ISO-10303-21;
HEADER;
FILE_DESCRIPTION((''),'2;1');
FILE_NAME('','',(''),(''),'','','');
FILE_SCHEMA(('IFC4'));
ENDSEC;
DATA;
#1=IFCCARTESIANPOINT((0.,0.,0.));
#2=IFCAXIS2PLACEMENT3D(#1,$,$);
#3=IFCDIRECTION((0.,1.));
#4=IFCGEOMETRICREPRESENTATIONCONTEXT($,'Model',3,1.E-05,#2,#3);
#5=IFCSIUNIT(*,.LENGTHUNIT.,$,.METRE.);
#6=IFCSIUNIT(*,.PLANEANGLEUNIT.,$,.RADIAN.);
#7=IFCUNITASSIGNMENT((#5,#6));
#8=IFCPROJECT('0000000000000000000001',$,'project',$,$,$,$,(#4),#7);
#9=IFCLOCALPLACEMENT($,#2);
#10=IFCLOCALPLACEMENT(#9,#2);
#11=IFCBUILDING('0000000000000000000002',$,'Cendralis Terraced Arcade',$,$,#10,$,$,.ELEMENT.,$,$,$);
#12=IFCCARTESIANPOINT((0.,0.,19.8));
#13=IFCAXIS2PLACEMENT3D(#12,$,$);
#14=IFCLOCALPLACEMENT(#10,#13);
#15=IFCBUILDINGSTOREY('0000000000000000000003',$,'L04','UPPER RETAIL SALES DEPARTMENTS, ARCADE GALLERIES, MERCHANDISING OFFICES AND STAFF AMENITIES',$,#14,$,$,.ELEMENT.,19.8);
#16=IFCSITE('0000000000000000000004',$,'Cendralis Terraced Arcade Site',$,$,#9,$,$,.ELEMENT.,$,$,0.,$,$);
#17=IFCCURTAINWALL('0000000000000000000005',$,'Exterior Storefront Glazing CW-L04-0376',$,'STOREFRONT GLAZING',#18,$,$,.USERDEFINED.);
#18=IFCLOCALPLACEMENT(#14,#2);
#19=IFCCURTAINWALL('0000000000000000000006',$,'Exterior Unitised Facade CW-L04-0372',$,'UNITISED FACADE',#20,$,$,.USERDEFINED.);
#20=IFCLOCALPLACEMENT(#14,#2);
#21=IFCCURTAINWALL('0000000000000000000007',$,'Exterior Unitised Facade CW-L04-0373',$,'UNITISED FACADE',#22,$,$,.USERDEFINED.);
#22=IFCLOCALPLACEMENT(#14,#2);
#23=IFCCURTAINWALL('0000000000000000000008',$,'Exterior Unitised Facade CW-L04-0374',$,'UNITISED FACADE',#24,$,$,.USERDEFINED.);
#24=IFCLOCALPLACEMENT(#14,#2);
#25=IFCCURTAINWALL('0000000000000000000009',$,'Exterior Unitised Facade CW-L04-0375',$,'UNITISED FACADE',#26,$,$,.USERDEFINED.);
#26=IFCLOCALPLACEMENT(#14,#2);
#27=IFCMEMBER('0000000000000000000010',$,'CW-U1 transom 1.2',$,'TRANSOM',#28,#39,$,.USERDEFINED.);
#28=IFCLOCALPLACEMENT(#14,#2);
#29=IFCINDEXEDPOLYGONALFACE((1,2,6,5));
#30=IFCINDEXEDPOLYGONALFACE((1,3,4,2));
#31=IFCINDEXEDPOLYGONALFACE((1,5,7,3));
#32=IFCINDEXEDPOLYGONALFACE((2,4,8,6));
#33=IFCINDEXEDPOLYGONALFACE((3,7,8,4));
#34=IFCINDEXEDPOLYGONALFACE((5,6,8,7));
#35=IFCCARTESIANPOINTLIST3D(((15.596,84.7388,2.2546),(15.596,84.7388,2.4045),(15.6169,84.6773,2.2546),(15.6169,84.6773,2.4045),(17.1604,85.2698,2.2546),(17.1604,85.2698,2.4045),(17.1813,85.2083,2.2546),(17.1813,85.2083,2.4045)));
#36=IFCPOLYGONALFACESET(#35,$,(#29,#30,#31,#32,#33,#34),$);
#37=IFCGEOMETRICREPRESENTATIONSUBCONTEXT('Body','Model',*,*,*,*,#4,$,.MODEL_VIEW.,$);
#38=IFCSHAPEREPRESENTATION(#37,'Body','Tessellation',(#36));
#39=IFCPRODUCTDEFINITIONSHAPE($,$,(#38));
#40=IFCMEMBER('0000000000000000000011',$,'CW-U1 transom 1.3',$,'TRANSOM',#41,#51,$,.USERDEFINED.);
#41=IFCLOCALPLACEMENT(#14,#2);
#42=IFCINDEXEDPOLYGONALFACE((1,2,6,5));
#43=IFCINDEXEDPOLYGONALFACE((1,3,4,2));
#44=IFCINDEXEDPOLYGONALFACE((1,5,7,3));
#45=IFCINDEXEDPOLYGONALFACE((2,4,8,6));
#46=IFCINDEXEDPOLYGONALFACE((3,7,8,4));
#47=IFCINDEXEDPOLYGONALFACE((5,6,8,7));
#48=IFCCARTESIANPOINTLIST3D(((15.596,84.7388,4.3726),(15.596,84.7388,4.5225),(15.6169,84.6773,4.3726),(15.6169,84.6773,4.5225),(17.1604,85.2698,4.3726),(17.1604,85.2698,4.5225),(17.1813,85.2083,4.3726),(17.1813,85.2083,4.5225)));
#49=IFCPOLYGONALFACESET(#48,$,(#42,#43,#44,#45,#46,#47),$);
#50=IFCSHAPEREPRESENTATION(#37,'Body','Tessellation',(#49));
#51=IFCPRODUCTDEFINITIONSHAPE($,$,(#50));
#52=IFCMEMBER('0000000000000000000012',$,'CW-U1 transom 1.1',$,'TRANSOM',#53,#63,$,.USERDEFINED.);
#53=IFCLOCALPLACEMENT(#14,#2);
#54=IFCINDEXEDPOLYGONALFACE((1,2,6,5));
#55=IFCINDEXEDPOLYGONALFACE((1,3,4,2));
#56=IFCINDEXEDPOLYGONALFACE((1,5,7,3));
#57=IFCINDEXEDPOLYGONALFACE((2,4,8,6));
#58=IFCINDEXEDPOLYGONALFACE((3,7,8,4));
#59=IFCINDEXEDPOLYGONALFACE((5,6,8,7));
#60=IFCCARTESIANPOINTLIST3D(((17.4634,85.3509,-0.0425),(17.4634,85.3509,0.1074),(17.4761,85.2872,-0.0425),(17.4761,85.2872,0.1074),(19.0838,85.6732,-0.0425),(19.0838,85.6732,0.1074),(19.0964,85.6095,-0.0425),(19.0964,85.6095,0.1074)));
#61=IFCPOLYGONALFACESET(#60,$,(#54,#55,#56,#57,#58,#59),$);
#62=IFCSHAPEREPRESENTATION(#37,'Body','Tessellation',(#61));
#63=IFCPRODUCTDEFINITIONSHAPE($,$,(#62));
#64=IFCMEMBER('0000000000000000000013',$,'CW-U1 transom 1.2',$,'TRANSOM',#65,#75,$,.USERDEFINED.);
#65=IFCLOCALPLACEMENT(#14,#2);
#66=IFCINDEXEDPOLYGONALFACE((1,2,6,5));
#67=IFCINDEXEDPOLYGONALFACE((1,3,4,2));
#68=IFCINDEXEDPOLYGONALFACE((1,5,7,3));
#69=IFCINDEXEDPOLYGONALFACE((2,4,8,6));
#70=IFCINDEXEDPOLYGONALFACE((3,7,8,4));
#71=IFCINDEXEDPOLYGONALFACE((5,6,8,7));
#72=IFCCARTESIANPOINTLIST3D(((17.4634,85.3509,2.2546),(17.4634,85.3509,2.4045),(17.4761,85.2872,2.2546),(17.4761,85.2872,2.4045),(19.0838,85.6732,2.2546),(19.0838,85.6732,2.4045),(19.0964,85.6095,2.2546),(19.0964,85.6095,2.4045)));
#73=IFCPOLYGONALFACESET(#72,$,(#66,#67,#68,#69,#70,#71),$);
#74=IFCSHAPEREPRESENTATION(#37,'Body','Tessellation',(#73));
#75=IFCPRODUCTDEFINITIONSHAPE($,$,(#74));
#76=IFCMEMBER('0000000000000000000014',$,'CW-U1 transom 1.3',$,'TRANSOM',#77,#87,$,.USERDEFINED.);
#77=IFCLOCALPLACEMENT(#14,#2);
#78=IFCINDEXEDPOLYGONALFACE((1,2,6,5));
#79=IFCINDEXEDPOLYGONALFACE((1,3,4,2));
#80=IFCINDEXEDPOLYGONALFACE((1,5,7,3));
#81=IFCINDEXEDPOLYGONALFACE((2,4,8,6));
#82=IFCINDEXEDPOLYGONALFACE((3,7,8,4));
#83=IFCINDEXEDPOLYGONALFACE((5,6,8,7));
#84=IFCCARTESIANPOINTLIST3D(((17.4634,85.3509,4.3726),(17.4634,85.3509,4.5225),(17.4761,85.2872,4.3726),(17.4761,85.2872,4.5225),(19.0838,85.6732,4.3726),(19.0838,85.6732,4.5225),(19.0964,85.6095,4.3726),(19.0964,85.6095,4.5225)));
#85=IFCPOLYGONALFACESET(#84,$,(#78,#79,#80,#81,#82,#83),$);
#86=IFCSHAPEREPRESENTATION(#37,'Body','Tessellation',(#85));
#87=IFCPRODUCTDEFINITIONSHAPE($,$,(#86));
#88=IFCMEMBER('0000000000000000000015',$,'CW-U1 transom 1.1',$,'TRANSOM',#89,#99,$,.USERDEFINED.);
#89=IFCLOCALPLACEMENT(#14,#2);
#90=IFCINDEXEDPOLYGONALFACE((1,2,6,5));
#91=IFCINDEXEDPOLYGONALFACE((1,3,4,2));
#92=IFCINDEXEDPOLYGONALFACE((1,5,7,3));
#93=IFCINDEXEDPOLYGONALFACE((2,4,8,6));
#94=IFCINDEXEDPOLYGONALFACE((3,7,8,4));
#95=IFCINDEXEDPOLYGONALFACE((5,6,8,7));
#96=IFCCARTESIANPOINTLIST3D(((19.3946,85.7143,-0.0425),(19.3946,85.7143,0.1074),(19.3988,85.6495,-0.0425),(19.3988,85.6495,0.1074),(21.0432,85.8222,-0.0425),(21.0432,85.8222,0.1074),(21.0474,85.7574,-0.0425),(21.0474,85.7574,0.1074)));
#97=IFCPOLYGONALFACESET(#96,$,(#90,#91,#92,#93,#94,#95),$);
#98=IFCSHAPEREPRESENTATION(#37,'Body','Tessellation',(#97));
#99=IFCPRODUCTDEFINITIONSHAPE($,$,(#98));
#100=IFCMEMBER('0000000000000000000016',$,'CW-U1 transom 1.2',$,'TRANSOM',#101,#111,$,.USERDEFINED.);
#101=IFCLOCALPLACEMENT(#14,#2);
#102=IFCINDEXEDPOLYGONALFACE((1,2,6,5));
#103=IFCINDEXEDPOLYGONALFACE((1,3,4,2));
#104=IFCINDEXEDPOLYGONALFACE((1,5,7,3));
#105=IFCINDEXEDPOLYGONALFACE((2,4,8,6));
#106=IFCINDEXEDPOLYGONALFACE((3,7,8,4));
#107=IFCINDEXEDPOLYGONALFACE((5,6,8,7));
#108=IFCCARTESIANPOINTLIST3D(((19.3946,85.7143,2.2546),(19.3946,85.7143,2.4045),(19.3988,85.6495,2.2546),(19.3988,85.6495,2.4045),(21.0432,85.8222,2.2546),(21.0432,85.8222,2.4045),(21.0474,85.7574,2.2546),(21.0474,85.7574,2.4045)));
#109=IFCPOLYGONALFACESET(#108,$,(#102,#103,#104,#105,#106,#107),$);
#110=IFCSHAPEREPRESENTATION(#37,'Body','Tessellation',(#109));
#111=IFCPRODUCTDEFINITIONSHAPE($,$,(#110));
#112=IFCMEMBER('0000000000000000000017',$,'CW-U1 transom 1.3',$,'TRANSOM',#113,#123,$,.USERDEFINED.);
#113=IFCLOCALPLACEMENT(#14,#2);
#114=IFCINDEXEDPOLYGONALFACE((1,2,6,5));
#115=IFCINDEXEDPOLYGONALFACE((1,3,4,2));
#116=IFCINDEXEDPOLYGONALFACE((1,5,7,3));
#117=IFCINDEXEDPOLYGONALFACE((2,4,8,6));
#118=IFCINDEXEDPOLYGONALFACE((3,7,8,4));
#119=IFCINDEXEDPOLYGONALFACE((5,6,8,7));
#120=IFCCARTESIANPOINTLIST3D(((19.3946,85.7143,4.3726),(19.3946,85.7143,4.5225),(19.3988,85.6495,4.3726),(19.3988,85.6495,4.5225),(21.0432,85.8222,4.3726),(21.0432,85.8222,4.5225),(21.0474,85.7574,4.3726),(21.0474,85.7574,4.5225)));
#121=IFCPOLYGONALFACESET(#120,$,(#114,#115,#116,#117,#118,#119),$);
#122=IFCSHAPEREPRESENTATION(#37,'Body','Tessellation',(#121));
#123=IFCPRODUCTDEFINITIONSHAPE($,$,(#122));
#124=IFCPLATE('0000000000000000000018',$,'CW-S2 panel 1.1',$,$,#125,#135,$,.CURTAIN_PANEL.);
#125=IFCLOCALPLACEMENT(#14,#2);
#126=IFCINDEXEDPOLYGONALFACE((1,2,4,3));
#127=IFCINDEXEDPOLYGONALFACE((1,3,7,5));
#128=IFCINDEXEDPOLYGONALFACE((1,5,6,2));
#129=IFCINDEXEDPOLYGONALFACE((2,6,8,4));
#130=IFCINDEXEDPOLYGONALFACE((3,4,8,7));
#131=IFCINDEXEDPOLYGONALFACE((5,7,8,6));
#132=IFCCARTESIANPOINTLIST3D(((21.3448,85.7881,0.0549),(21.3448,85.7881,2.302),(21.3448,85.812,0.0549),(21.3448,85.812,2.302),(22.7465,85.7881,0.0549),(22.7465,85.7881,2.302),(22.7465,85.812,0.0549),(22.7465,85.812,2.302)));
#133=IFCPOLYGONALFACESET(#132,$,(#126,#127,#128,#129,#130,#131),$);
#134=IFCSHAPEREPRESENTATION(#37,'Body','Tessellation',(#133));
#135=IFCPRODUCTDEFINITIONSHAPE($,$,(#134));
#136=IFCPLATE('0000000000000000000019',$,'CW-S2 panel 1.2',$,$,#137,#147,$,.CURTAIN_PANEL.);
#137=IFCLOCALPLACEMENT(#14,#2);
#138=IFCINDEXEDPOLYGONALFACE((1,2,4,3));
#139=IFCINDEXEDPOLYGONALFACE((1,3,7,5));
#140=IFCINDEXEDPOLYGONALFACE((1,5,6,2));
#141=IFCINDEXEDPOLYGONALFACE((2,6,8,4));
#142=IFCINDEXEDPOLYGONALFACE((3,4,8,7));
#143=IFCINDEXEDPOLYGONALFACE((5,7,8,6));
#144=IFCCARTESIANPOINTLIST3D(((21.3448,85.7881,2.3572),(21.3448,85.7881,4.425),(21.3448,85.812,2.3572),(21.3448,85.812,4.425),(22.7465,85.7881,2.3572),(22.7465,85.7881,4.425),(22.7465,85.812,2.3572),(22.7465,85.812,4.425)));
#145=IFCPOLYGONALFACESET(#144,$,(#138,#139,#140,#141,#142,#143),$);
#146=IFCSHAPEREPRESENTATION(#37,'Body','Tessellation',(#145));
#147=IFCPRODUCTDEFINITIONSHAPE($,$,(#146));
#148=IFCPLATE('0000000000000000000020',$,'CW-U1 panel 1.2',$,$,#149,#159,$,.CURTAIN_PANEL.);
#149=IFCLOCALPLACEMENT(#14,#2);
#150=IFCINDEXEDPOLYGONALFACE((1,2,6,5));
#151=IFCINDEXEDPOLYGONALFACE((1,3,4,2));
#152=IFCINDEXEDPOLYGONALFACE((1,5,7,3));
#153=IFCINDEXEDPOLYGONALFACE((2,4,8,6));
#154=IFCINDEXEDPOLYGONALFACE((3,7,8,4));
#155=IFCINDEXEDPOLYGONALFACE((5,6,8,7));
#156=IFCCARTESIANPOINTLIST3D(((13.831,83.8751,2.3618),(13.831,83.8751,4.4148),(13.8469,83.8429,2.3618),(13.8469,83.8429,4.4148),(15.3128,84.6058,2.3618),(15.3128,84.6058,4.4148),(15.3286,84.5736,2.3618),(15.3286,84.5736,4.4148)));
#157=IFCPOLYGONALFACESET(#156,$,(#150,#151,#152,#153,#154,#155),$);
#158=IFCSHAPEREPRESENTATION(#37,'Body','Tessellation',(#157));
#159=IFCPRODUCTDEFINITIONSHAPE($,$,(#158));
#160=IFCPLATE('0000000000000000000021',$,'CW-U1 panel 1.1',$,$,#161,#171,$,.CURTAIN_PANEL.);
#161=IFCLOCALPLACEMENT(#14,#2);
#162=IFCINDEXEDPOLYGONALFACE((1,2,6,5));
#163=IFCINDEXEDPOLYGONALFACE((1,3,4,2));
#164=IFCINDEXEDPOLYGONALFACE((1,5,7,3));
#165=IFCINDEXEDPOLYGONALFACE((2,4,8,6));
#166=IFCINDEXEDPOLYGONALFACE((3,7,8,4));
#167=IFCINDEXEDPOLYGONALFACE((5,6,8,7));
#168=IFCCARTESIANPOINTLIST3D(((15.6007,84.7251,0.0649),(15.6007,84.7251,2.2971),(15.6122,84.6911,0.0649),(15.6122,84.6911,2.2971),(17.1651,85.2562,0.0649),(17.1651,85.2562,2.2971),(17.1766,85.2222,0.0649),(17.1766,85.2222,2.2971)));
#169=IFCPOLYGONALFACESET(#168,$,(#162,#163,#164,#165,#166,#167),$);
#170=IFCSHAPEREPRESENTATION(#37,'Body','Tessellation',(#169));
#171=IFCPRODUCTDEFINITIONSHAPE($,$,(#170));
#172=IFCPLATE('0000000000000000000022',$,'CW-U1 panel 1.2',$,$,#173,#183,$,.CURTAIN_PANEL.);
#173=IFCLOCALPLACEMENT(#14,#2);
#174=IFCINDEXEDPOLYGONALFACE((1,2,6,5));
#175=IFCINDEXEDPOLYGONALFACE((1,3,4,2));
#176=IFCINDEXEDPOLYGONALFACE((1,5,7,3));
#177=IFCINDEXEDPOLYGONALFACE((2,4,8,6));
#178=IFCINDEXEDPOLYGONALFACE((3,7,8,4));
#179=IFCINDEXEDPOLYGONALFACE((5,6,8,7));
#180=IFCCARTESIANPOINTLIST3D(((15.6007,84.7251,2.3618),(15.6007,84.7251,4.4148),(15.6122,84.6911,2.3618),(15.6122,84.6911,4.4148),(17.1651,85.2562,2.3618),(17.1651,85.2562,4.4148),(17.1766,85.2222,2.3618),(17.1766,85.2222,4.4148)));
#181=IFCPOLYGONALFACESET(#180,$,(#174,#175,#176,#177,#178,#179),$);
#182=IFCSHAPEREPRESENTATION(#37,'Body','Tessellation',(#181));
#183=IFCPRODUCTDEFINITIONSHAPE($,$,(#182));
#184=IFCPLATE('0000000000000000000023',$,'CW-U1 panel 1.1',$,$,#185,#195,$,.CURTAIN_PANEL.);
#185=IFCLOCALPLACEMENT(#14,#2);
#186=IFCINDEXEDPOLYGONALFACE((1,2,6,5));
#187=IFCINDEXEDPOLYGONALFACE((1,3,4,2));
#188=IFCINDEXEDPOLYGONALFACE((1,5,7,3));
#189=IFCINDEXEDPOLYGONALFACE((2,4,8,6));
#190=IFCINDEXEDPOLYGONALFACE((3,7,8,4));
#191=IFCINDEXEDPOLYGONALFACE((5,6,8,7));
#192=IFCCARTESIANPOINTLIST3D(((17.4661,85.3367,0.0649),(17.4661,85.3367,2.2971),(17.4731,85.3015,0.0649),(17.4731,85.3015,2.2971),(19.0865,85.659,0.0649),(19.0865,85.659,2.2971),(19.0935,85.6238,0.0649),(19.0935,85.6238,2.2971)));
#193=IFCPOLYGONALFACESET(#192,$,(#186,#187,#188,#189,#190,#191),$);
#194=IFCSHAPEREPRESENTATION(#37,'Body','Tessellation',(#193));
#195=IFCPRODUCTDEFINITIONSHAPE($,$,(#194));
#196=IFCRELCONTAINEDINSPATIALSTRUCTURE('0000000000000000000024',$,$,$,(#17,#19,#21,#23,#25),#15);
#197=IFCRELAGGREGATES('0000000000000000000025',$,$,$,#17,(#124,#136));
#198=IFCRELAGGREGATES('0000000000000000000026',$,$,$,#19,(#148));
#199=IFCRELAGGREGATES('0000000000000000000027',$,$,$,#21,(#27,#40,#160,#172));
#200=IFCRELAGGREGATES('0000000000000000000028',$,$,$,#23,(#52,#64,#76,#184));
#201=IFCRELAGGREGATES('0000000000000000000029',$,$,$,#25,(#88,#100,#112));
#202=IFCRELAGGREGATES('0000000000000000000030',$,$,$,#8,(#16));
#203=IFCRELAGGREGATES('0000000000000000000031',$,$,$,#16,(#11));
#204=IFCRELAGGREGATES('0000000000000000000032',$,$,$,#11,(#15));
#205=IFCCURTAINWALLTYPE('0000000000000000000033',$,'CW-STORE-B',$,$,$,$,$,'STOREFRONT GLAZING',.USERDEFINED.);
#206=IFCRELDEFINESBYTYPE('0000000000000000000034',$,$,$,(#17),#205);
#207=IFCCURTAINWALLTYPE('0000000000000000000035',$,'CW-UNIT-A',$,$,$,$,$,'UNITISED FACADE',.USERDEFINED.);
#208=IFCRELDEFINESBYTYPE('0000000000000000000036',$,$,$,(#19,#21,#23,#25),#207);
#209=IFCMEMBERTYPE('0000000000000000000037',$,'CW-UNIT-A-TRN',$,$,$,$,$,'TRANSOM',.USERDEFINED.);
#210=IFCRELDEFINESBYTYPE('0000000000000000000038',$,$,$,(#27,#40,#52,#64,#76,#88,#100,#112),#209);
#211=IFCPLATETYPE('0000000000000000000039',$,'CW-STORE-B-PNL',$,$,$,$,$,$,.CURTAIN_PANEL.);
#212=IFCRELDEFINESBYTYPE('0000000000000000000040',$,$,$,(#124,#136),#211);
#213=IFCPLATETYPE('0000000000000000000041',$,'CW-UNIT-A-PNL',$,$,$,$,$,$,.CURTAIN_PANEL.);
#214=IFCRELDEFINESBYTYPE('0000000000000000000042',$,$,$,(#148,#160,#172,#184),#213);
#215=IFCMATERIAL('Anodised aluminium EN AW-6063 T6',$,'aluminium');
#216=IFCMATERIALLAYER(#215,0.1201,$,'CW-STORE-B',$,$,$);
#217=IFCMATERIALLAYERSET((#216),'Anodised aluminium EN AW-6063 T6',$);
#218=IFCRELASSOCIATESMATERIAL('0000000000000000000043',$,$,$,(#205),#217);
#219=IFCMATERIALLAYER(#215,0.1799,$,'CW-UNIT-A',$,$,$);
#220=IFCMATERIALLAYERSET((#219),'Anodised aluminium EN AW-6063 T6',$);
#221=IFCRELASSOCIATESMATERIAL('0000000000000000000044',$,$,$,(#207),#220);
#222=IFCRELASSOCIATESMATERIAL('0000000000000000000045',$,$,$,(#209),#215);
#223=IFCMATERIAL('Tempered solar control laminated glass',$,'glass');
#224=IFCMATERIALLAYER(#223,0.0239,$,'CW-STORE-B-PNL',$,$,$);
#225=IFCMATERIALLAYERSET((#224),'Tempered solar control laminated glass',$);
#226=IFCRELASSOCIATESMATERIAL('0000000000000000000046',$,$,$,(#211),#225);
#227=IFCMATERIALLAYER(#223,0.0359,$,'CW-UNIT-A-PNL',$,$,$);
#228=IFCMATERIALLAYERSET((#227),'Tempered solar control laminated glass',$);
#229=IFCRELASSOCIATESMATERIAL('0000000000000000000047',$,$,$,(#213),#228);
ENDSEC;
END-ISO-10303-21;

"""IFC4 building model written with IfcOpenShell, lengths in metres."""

from ifc_helpers import new_model, si_unit, direction, frame, origin, origin_2d, place, context, subcontext, project, spatial, rectangle, extrude, material, layer, layer_set, material_profile, profile_set, type_object, element, aggregate, save


model = new_model("IFC4")

# Units and contexts
model_context = context("Model", 3, precision=1e-05, world=origin(), true_north=direction((0.0, 1.0)))
body_context = subcontext(model_context, "Body", "Model", "MODEL_VIEW")
ifc_project = project(units=[si_unit("LENGTHUNIT", "METRE"), si_unit("PLANEANGLEUNIT", "RADIAN")], contexts=[model_context])

# Site, building, storey
site_placement = place(None, origin())
site = spatial("IfcSite", under=ifc_project, at=site_placement, Name="Cendralis Terraced Arcade Site", CompositionType="ELEMENT", RefElevation=0.0)
building_placement = place(site_placement, origin())
building = spatial("IfcBuilding", under=site, at=building_placement, Name="Cendralis Terraced Arcade", CompositionType="ELEMENT")
storey_placement = place(building_placement, frame((0.0, 0.0, 19.8)))
storey = spatial("IfcBuildingStorey", under=building, at=storey_placement, Name="L04", Description="UPPER RETAIL SALES DEPARTMENTS, ARCADE GALLERIES, MERCHANDISING OFFICES AND STAFF AMENITIES", CompositionType="ELEMENT", Elevation=19.8)

# Curtain wall
ifc_material_1 = material(Name="Anodised aluminium EN AW-6063 T6", Category="aluminium")
ifc_layer_1 = layer(ifc_material_1, 0.1201, Name="CW-STORE-B")
ifc_layer_set_1 = layer_set([ifc_layer_1], Name="Anodised aluminium EN AW-6063 T6")
curtain_wall_type_1 = type_object("IfcCurtainWallType", Name="CW-STORE-B", ElementType="STOREFRONT GLAZING", PredefinedType="USERDEFINED", material=ifc_layer_set_1)
curtain_wall_1_placement = place(storey_placement, origin())
curtain_wall_1 = element("IfcCurtainWall", 1, at=curtain_wall_1_placement, inside=storey, type_object=curtain_wall_type_1, Name="Exterior Storefront Glazing CW-L04-0376", ObjectType="STOREFRONT GLAZING", PredefinedType="USERDEFINED")

# Curtain wall
ifc_layer_2 = layer(ifc_material_1, 0.1799, Name="CW-UNIT-A")
ifc_layer_set_2 = layer_set([ifc_layer_2], Name="Anodised aluminium EN AW-6063 T6")
curtain_wall_type_2 = type_object("IfcCurtainWallType", Name="CW-UNIT-A", ElementType="UNITISED FACADE", PredefinedType="USERDEFINED", material=ifc_layer_set_2)
curtain_wall_2_placement = place(storey_placement, origin())
curtain_wall_2 = element("IfcCurtainWall", 2, at=curtain_wall_2_placement, inside=storey, type_object=curtain_wall_type_2, Name="Exterior Unitised Facade CW-L04-0372", ObjectType="UNITISED FACADE", PredefinedType="USERDEFINED")

# Curtain walls
curtain_wall_3_placement = place(storey_placement, origin())
curtain_wall_3 = element("IfcCurtainWall", 3, at=curtain_wall_3_placement, inside=storey, type_object=curtain_wall_type_2, Name="Exterior Unitised Facade CW-L04-0373", ObjectType="UNITISED FACADE", PredefinedType="USERDEFINED")
curtain_wall_4_placement = place(storey_placement, origin())
curtain_wall_4 = element("IfcCurtainWall", 4, at=curtain_wall_4_placement, inside=storey, type_object=curtain_wall_type_2, Name="Exterior Unitised Facade CW-L04-0374", ObjectType="UNITISED FACADE", PredefinedType="USERDEFINED")
curtain_wall_5_placement = place(storey_placement, origin())
curtain_wall_5 = element("IfcCurtainWall", 5, at=curtain_wall_5_placement, inside=storey, type_object=curtain_wall_type_2, Name="Exterior Unitised Facade CW-L04-0375", ObjectType="UNITISED FACADE", PredefinedType="USERDEFINED")

# Members
ifc_material_profile_1 = material_profile(ifc_material_1, rectangle(XDim=0.0649, YDim=0.1499, at=origin_2d()), Name="ALU-TRN-65x150")
ifc_profile_set_1 = profile_set([ifc_material_profile_1], Name="Anodised aluminium EN AW-6063 T6")
member_type_1 = type_object("IfcMemberType", Name="CW-UNIT-A-TRN", ElementType="TRANSOM", PredefinedType="USERDEFINED", material=ifc_profile_set_1)
member_1_placement = place(storey_placement, frame((15.6064, 84.708, 2.3296), z_axis=(0.94694, 0.32141, 0.0), x_axis=(-0.32141, 0.94694, 0.0)))
member_1 = element("IfcMember", 6, at=member_1_placement, type_object=member_type_1, Name="CW-U1 transom 1.2", ObjectType="TRANSOM", PredefinedType="USERDEFINED", context=body_context, shape_type="SweptSolid", body=[
    extrude(rectangle(XDim=0.0649, YDim=0.1499, at=origin_2d()), origin(), (0.0, 0.0, 1.0), 1.6521),
])
member_2_placement = place(storey_placement, frame((15.6064, 84.708, 4.4475), z_axis=(0.94694, 0.32141, 0.0), x_axis=(-0.32141, 0.94694, 0.0)))
member_2 = element("IfcMember", 7, at=member_2_placement, type_object=member_type_1, Name="CW-U1 transom 1.3", ObjectType="TRANSOM", PredefinedType="USERDEFINED", context=body_context, shape_type="SweptSolid", body=[
    extrude(rectangle(XDim=0.0649, YDim=0.1499, at=origin_2d()), origin(), (0.0, 0.0, 1.0), 1.6521),
])
member_3_placement = place(storey_placement, frame((17.4697, 85.3191, 0.0325), z_axis=(0.98079, 0.195065, 0.0), x_axis=(-0.195065, 0.98079, 0.0)))
member_3 = element("IfcMember", 8, at=member_3_placement, type_object=member_type_1, Name="CW-U1 transom 1.1", ObjectType="TRANSOM", PredefinedType="USERDEFINED", context=body_context, shape_type="SweptSolid", body=[
    extrude(rectangle(XDim=0.0649, YDim=0.1499, at=origin_2d()), origin(), (0.0, 0.0, 1.0), 1.6521),
])
member_4_placement = place(storey_placement, frame((17.4697, 85.3191, 2.3296), z_axis=(0.98079, 0.195065, 0.0), x_axis=(-0.195065, 0.98079, 0.0)))
member_4 = element("IfcMember", 9, at=member_4_placement, type_object=member_type_1, Name="CW-U1 transom 1.2", ObjectType="TRANSOM", PredefinedType="USERDEFINED", context=body_context, shape_type="SweptSolid", body=[
    extrude(rectangle(XDim=0.0649, YDim=0.1499, at=origin_2d()), origin(), (0.0, 0.0, 1.0), 1.6521),
])
member_5_placement = place(storey_placement, frame((17.4697, 85.3191, 4.4475), z_axis=(0.98079, 0.195065, 0.0), x_axis=(-0.195065, 0.98079, 0.0)))
member_5 = element("IfcMember", 10, at=member_5_placement, type_object=member_type_1, Name="CW-U1 transom 1.3", ObjectType="TRANSOM", PredefinedType="USERDEFINED", context=body_context, shape_type="SweptSolid", body=[
    extrude(rectangle(XDim=0.0649, YDim=0.1499, at=origin_2d()), origin(), (0.0, 0.0, 1.0), 1.6521),
])
member_6_placement = place(storey_placement, frame((19.3967, 85.6819, 0.0325), z_axis=(0.997865, 0.065313, 0.0), x_axis=(-0.065313, 0.997865, 0.0)))
member_6 = element("IfcMember", 11, at=member_6_placement, type_object=member_type_1, Name="CW-U1 transom 1.1", ObjectType="TRANSOM", PredefinedType="USERDEFINED", context=body_context, shape_type="SweptSolid", body=[
    extrude(rectangle(XDim=0.0649, YDim=0.1499, at=origin_2d()), origin(), (0.0, 0.0, 1.0), 1.6521),
])
member_7_placement = place(storey_placement, frame((19.3967, 85.6819, 2.3296), z_axis=(0.997865, 0.065313, 0.0), x_axis=(-0.065313, 0.997865, 0.0)))
member_7 = element("IfcMember", 12, at=member_7_placement, type_object=member_type_1, Name="CW-U1 transom 1.2", ObjectType="TRANSOM", PredefinedType="USERDEFINED", context=body_context, shape_type="SweptSolid", body=[
    extrude(rectangle(XDim=0.0649, YDim=0.1499, at=origin_2d()), origin(), (0.0, 0.0, 1.0), 1.6521),
])
member_8_placement = place(storey_placement, frame((19.3967, 85.6819, 4.4475), z_axis=(0.997865, 0.065313, 0.0), x_axis=(-0.065313, 0.997865, 0.0)))
member_8 = element("IfcMember", 13, at=member_8_placement, type_object=member_type_1, Name="CW-U1 transom 1.3", ObjectType="TRANSOM", PredefinedType="USERDEFINED", context=body_context, shape_type="SweptSolid", body=[
    extrude(rectangle(XDim=0.0649, YDim=0.1499, at=origin_2d()), origin(), (0.0, 0.0, 1.0), 1.6521),
])

# Plates
ifc_material_2 = material(Name="Tempered solar control laminated glass", Category="glass")
ifc_layer_3 = layer(ifc_material_2, 0.0239, Name="CW-STORE-B-PNL")
ifc_layer_set_3 = layer_set([ifc_layer_3], Name="Tempered solar control laminated glass")
plate_type_1 = type_object("IfcPlateType", Name="CW-STORE-B-PNL", PredefinedType="CURTAIN_PANEL", material=ifc_layer_set_3)
plate_1_placement = place(storey_placement, frame((22.0457, 85.8, 0.0549), z_axis=(0.0, 0.0, 1.0), x_axis=(1.0, 0.0, 0.0)))
plate_1 = element("IfcPlate", 14, at=plate_1_placement, type_object=plate_type_1, Name="CW-S2 panel 1.1", PredefinedType="CURTAIN_PANEL", context=body_context, shape_type="SweptSolid", body=[
    extrude(rectangle(XDim=1.4016, YDim=0.0239, at=origin_2d()), origin(), (0.0, 0.0, 1.0), 2.2471),
])
plate_2_placement = place(storey_placement, frame((22.0457, 85.8, 2.3572), z_axis=(0.0, 0.0, 1.0), x_axis=(1.0, 0.0, 0.0)))
plate_2 = element("IfcPlate", 15, at=plate_2_placement, type_object=plate_type_1, Name="CW-S2 panel 1.2", PredefinedType="CURTAIN_PANEL", context=body_context, shape_type="SweptSolid", body=[
    extrude(rectangle(XDim=1.4016, YDim=0.0239, at=origin_2d()), origin(), (0.0, 0.0, 1.0), 2.0679),
])
aggregate(curtain_wall_1, [plate_1, plate_2])
ifc_layer_4 = layer(ifc_material_2, 0.0359, Name="CW-UNIT-A-PNL")
ifc_layer_set_4 = layer_set([ifc_layer_4], Name="Tempered solar control laminated glass")
plate_type_2 = type_object("IfcPlateType", Name="CW-UNIT-A-PNL", PredefinedType="CURTAIN_PANEL", material=ifc_layer_set_4)
plate_3_placement = place(storey_placement, frame((14.5798, 84.2244, 2.3618), z_axis=(0.0, 0.0, 1.0), x_axis=(0.896871, 0.442291, 0.0)))
plate_3 = element("IfcPlate", 16, at=plate_3_placement, type_object=plate_type_2, Name="CW-U1 panel 1.2", PredefinedType="CURTAIN_PANEL", context=body_context, shape_type="SweptSolid", body=[
    extrude(rectangle(XDim=1.6521, YDim=0.0359, at=origin_2d()), origin(), (0.0, 0.0, 1.0), 2.053),
])
aggregate(curtain_wall_2, [plate_3])
plate_4_placement = place(storey_placement, frame((16.3887, 84.9736, 0.0649), z_axis=(0.0, 0.0, 1.0), x_axis=(0.946924, 0.321458, 0.0)))
plate_4 = element("IfcPlate", 17, at=plate_4_placement, type_object=plate_type_2, Name="CW-U1 panel 1.1", PredefinedType="CURTAIN_PANEL", context=body_context, shape_type="SweptSolid", body=[
    extrude(rectangle(XDim=1.6521, YDim=0.0359, at=origin_2d()), origin(), (0.0, 0.0, 1.0), 2.2322),
])
plate_5_placement = place(storey_placement, frame((16.3887, 84.9736, 2.3618), z_axis=(0.0, 0.0, 1.0), x_axis=(0.946924, 0.321458, 0.0)))
plate_5 = element("IfcPlate", 18, at=plate_5_placement, type_object=plate_type_2, Name="CW-U1 panel 1.2", PredefinedType="CURTAIN_PANEL", context=body_context, shape_type="SweptSolid", body=[
    extrude(rectangle(XDim=1.6521, YDim=0.0359, at=origin_2d()), origin(), (0.0, 0.0, 1.0), 2.053),
])
aggregate(curtain_wall_3, [member_1, member_2, plate_4, plate_5])
plate_6_placement = place(storey_placement, frame((18.2798, 85.4802, 0.0649), z_axis=(0.0, 0.0, 1.0), x_axis=(0.980792, 0.195058, 0.0)))
plate_6 = element("IfcPlate", 19, at=plate_6_placement, type_object=plate_type_2, Name="CW-U1 panel 1.1", PredefinedType="CURTAIN_PANEL", context=body_context, shape_type="SweptSolid", body=[
    extrude(rectangle(XDim=1.6521, YDim=0.0359, at=origin_2d()), origin(), (0.0, 0.0, 1.0), 2.2322),
])
aggregate(curtain_wall_4, [member_3, member_4, member_5, plate_6])
aggregate(curtain_wall_5, [member_6, member_7, member_8])

save(model, "model.ifc")
